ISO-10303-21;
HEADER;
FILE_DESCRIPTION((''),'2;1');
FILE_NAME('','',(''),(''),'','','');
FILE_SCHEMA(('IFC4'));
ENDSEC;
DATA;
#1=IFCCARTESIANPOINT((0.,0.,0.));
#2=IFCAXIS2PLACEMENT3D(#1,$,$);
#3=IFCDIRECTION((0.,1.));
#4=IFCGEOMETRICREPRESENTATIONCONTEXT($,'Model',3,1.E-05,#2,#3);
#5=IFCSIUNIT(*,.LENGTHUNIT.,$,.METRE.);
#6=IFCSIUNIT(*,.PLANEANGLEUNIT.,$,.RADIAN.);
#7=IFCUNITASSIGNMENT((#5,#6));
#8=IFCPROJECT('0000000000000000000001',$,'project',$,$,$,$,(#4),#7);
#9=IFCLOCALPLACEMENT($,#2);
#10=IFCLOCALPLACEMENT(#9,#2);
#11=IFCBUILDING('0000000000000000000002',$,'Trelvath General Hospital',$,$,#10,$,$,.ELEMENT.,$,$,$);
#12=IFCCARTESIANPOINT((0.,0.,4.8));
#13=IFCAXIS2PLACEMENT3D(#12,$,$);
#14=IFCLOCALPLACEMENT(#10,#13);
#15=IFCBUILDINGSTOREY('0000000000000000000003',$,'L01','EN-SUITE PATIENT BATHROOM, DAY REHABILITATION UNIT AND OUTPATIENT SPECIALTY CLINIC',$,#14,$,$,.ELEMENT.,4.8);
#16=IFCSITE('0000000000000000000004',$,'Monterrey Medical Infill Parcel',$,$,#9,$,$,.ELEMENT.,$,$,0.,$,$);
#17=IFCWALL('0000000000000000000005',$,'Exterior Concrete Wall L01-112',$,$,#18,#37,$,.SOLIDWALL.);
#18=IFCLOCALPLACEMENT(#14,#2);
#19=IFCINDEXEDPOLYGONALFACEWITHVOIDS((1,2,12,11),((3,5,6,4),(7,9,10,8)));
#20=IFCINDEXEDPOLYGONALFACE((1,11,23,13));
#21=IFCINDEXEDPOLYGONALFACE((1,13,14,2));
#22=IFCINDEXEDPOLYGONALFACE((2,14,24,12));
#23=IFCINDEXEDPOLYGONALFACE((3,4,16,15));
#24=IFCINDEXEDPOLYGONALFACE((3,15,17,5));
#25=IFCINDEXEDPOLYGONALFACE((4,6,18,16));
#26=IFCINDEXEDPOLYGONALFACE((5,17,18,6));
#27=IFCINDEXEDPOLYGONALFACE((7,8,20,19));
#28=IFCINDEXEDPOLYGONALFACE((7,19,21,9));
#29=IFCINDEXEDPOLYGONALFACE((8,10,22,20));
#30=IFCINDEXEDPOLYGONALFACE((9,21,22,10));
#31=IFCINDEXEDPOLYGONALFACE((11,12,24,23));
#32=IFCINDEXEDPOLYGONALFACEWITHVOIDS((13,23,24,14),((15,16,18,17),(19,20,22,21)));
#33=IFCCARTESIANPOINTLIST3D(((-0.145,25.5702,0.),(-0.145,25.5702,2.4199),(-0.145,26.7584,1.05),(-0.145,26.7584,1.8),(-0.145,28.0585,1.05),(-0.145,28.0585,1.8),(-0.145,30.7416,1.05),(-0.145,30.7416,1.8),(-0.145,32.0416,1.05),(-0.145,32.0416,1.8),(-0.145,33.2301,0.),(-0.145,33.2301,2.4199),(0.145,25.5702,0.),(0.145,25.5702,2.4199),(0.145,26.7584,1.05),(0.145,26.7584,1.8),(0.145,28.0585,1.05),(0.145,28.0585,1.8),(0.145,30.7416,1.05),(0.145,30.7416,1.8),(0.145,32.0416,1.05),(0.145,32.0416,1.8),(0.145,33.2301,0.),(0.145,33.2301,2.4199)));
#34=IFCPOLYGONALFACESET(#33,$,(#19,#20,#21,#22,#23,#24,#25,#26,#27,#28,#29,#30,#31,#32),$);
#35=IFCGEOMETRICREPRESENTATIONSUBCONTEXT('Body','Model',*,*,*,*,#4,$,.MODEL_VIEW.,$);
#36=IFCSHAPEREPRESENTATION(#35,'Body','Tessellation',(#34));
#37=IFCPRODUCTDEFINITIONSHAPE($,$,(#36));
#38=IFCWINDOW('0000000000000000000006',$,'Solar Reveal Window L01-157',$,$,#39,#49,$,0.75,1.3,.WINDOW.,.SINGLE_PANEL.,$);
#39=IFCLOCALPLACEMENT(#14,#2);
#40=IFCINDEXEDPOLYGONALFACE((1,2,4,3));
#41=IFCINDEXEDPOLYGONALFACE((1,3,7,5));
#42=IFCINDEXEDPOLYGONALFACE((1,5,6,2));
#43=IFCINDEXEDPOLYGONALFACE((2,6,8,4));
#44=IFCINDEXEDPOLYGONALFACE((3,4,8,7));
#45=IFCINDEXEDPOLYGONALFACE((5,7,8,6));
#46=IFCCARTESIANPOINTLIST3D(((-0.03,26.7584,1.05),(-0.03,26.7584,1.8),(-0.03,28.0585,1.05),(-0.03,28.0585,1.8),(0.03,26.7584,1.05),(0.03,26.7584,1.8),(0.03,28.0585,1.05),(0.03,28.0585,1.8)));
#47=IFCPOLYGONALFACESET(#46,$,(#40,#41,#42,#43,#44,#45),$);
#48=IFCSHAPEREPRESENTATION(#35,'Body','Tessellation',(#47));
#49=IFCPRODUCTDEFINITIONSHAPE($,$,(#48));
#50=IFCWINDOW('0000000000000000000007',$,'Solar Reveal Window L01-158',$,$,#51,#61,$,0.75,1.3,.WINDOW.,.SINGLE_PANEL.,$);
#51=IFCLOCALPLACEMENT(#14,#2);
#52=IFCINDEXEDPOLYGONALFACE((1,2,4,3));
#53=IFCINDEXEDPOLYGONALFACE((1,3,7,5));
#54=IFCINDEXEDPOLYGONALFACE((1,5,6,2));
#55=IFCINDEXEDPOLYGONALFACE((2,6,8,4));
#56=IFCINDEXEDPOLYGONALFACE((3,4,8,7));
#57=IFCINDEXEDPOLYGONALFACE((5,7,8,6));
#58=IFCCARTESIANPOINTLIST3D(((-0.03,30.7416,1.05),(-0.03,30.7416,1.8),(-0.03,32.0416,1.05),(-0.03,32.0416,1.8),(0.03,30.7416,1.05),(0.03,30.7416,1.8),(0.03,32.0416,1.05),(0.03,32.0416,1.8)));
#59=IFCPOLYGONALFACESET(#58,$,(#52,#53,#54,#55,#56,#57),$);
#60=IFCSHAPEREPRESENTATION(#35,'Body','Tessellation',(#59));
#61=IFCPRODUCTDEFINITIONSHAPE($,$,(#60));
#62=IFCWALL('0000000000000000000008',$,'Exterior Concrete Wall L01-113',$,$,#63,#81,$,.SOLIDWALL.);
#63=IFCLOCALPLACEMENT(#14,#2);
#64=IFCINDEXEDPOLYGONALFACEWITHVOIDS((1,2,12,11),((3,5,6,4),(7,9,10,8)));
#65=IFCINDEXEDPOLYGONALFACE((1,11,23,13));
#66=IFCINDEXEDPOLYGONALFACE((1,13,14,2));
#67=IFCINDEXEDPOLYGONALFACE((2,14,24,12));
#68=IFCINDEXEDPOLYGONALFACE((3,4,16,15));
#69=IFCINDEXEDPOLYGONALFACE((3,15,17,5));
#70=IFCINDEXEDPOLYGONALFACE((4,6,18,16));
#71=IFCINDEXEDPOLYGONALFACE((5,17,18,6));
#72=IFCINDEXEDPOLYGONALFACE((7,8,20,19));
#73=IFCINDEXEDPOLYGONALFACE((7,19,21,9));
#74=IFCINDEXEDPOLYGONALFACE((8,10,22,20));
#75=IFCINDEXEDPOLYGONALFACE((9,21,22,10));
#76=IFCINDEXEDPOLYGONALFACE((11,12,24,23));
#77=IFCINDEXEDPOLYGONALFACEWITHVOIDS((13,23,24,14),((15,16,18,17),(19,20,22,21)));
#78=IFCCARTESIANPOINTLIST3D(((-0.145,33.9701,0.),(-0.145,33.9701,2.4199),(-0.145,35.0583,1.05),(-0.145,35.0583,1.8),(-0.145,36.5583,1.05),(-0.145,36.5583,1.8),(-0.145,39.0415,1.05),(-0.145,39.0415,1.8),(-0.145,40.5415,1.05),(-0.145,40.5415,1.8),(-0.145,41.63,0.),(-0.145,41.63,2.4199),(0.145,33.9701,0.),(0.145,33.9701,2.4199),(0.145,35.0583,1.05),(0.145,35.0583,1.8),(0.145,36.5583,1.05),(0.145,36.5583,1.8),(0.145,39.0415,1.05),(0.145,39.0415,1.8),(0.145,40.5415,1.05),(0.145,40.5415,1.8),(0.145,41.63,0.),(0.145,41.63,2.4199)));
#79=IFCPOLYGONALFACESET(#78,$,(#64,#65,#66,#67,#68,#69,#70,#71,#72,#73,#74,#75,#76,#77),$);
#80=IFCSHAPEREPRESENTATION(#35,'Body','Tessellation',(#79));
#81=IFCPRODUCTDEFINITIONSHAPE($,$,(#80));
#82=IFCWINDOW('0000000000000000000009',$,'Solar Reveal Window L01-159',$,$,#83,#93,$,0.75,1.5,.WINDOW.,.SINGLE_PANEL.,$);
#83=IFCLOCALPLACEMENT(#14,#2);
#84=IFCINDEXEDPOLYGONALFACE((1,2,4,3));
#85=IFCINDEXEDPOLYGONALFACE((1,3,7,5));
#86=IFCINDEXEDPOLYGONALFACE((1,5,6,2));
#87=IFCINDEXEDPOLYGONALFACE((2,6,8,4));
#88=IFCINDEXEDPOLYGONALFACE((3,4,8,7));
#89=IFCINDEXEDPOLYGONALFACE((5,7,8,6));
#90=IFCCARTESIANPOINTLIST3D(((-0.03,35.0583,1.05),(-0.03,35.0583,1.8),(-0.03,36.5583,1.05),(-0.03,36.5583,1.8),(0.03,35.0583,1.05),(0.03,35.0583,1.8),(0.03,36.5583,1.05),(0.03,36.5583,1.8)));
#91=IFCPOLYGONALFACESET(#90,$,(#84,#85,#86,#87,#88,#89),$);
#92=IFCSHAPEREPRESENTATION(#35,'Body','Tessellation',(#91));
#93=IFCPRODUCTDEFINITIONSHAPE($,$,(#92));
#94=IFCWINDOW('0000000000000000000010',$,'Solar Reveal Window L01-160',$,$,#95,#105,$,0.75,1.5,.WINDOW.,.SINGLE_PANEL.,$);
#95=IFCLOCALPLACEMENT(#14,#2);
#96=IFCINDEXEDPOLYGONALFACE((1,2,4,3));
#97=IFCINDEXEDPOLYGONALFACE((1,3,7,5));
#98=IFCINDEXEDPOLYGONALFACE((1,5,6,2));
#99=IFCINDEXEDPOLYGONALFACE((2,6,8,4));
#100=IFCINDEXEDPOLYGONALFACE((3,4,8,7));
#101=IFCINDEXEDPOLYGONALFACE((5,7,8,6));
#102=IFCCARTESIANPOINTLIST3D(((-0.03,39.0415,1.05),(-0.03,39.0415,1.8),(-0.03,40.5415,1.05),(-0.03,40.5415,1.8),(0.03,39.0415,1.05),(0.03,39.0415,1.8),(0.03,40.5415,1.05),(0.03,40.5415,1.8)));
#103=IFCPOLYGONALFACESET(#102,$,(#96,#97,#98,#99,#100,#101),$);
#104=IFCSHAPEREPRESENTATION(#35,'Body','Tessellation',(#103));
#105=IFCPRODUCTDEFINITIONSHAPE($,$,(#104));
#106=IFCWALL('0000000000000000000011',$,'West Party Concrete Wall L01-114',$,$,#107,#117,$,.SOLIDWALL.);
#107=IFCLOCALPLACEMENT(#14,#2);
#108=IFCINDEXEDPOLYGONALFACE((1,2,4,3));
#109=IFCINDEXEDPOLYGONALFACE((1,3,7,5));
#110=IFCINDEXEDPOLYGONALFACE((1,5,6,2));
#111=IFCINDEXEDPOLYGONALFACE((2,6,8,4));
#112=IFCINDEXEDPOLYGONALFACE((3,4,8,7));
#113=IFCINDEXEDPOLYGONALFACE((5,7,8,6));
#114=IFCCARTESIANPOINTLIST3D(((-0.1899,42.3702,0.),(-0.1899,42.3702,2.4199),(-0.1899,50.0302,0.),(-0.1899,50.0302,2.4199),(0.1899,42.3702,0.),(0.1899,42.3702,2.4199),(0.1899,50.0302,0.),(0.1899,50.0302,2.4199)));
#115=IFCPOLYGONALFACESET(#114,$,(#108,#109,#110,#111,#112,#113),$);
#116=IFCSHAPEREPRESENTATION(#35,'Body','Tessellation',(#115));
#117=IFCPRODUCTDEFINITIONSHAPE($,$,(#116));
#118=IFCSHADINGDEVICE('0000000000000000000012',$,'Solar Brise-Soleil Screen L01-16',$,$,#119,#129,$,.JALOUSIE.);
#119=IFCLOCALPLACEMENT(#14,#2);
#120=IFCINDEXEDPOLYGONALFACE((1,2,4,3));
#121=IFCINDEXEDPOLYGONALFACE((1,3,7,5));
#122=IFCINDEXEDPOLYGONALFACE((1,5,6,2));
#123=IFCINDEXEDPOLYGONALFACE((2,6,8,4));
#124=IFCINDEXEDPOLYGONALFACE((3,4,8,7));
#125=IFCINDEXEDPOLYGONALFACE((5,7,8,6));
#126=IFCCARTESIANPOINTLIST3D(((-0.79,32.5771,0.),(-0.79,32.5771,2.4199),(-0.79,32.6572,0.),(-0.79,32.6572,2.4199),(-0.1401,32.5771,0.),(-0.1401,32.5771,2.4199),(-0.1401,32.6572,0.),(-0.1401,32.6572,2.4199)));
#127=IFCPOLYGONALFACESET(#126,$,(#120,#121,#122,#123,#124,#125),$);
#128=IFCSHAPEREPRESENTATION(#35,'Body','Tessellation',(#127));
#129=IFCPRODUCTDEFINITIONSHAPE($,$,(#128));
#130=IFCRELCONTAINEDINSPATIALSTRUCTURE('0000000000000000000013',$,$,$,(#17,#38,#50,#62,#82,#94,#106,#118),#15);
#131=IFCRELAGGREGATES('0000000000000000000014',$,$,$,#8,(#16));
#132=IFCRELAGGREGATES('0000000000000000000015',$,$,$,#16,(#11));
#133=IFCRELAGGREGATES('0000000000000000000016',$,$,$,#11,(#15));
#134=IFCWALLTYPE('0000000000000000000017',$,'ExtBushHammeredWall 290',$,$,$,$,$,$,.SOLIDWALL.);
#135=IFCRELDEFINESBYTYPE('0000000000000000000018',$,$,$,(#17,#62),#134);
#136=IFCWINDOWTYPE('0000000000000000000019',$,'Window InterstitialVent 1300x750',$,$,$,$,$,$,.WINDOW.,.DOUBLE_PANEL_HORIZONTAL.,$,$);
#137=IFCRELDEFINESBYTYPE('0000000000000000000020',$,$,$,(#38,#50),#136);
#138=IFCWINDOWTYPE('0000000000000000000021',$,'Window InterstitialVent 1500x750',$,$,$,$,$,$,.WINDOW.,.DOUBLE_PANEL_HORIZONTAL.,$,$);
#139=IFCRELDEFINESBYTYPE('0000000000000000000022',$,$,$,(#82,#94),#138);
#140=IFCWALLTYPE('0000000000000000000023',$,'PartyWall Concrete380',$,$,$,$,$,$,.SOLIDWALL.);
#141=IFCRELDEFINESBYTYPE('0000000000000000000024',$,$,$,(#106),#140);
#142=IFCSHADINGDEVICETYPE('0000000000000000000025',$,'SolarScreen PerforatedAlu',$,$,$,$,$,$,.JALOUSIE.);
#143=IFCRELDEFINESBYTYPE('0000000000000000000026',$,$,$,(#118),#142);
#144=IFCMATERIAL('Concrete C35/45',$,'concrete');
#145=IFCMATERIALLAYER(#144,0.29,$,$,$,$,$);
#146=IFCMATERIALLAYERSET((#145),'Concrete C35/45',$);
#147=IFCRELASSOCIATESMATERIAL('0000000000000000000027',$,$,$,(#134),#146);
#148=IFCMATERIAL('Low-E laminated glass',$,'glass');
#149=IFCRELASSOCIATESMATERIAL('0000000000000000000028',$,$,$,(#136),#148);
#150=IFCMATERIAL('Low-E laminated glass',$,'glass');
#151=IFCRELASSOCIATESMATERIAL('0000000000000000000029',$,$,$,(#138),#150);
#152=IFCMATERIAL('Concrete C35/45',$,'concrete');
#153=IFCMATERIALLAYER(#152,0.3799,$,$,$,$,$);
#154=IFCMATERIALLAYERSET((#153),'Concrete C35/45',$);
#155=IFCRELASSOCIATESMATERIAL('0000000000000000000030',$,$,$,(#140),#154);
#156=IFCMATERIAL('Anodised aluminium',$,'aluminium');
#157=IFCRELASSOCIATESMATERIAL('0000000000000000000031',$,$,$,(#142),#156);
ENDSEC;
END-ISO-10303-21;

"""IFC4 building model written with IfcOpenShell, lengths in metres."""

from ifc_helpers import new_model, si_unit, direction, frame, frame_2d, origin, origin_2d, place, context, subcontext, project, spatial, rectangle, extrude, material, layer, layer_set, type_object, element, fill, save


model = new_model("IFC4")

# Units and contexts
model_context = context("Model", 3, precision=1e-05, world=origin(), true_north=direction((0.0, 1.0)))
body_context = subcontext(model_context, "Body", "Model", "MODEL_VIEW")
ifc_project = project(units=[si_unit("LENGTHUNIT", "METRE"), si_unit("PLANEANGLEUNIT", "RADIAN")], contexts=[model_context])

# Site, building, storey
site_placement = place(None, origin())
site = spatial("IfcSite", under=ifc_project, at=site_placement, Name="Monterrey Medical Infill Parcel", CompositionType="ELEMENT", RefElevation=0.0)
building_placement = place(site_placement, origin())
building = spatial("IfcBuilding", under=site, at=building_placement, Name="Trelvath General Hospital", CompositionType="ELEMENT")
storey_placement = place(building_placement, frame((0.0, 0.0, 4.8)))
storey = spatial("IfcBuildingStorey", under=building, at=storey_placement, Name="L01", Description="EN-SUITE PATIENT BATHROOM, DAY REHABILITATION UNIT AND OUTPATIENT SPECIALTY CLINIC", CompositionType="ELEMENT", Elevation=4.8)

# Walls, openings, windows
ifc_material_1 = material(Name="Concrete C35/45", Category="concrete")
ifc_layer_1 = layer(ifc_material_1, 0.29)
ifc_layer_set_1 = layer_set([ifc_layer_1], Name="Concrete C35/45")
wall_type_1 = type_object("IfcWallType", Name="ExtBushHammeredWall 290", PredefinedType="SOLIDWALL", material=ifc_layer_set_1)
wall_1_placement = place(storey_placement, frame((0.0, 25.5701, 0.0), z_axis=(0.0, 0.0, 1.0), x_axis=(0.0, 1.0, 0.0)))
wall_1 = element("IfcWall", 1, at=wall_1_placement, inside=storey, type_object=wall_type_1, Name="Exterior Concrete Wall L01-112", PredefinedType="SOLIDWALL", context=body_context, shape_type="SweptSolid", body=[
    extrude(rectangle(XDim=7.6599, YDim=0.29, at=frame_2d((3.8301, 0.0))), origin(), (0.0, 0.0, 1.0), 2.4199),
])
opening_1_placement = place(wall_1_placement, frame((1.1885, 0.0, 1.05)))
opening_1 = element("IfcOpeningElement", 2, at=opening_1_placement, cuts=wall_1, PredefinedType="OPENING", context=body_context, shape_type="SweptSolid", body=[
    extrude(rectangle(XDim=1.3, YDim=0.75, at=frame_2d((0.6499, 0.375))), frame((0.0, 0.155, 0.0), z_axis=(0.0, -1.0, 0.0), x_axis=(1.0, 0.0, 0.0)), (0.0, 0.0, 1.0), 0.3101),
])
opening_2_placement = place(wall_1_placement, frame((5.1716, 0.0, 1.05)))
opening_2 = element("IfcOpeningElement", 3, at=opening_2_placement, cuts=wall_1, PredefinedType="OPENING", context=body_context, shape_type="SweptSolid", body=[
    extrude(rectangle(XDim=1.3, YDim=0.75, at=frame_2d((0.6499, 0.375))), frame((0.0, 0.155, 0.0), z_axis=(0.0, -1.0, 0.0), x_axis=(1.0, 0.0, 0.0)), (0.0, 0.0, 1.0), 0.3101),
])
ifc_material_2 = material(Name="Low-E laminated glass", Category="glass")
window_type_1 = type_object("IfcWindowType", Name="Window InterstitialVent 1300x750", PartitioningType="DOUBLE_PANEL_HORIZONTAL", PredefinedType="WINDOW", material=ifc_material_2)
window_1_placement = place(opening_1_placement, origin())
window_1 = element("IfcWindow", 4, at=window_1_placement, inside=storey, type_object=window_type_1, Name="Solar Reveal Window L01-157", OverallHeight=0.75, OverallWidth=1.3, PartitioningType="SINGLE_PANEL", PredefinedType="WINDOW", context=body_context, shape_type="SweptSolid", body=[
    extrude(rectangle(XDim=1.3, YDim=0.75, at=frame_2d((0.6499, 0.375))), frame((0.0, 0.03, 0.0), z_axis=(0.0, -1.0, 0.0), x_axis=(1.0, 0.0, 0.0)), (0.0, 0.0, 1.0), 0.0601),
])
fill(opening_1, window_1)
window_2_placement = place(opening_2_placement, origin())
window_2 = element("IfcWindow", 5, at=window_2_placement, inside=storey, type_object=window_type_1, Name="Solar Reveal Window L01-158", OverallHeight=0.75, OverallWidth=1.3, PartitioningType="SINGLE_PANEL", PredefinedType="WINDOW", context=body_context, shape_type="SweptSolid", body=[
    extrude(rectangle(XDim=1.3, YDim=0.75, at=frame_2d((0.6499, 0.375))), frame((0.0, 0.03, 0.0), z_axis=(0.0, -1.0, 0.0), x_axis=(1.0, 0.0, 0.0)), (0.0, 0.0, 1.0), 0.0601),
])
fill(opening_2, window_2)
wall_2_placement = place(storey_placement, frame((0.0, 33.97, 0.0), z_axis=(0.0, 0.0, 1.0), x_axis=(0.0, 1.0, 0.0)))
wall_2 = element("IfcWall", 6, at=wall_2_placement, inside=storey, type_object=wall_type_1, Name="Exterior Concrete Wall L01-113", PredefinedType="SOLIDWALL", context=body_context, shape_type="SweptSolid", body=[
    extrude(rectangle(XDim=7.6599, YDim=0.29, at=frame_2d((3.8301, 0.0))), origin(), (0.0, 0.0, 1.0), 2.4199),
])
opening_3_placement = place(wall_2_placement, frame((1.0884, 0.0, 1.05)))
opening_3 = element("IfcOpeningElement", 7, at=opening_3_placement, cuts=wall_2, PredefinedType="OPENING", context=body_context, shape_type="SweptSolid", body=[
    extrude(rectangle(XDim=1.5, YDim=0.75, at=frame_2d((0.75, 0.375))), frame((0.0, 0.155, 0.0), z_axis=(0.0, -1.0, 0.0), x_axis=(1.0, 0.0, 0.0)), (0.0, 0.0, 1.0), 0.3101),
])
opening_4_placement = place(wall_2_placement, frame((5.0715, 0.0, 1.05)))
opening_4 = element("IfcOpeningElement", 8, at=opening_4_placement, cuts=wall_2, PredefinedType="OPENING", context=body_context, shape_type="SweptSolid", body=[
    extrude(rectangle(XDim=1.5, YDim=0.75, at=frame_2d((0.75, 0.375))), frame((0.0, 0.155, 0.0), z_axis=(0.0, -1.0, 0.0), x_axis=(1.0, 0.0, 0.0)), (0.0, 0.0, 1.0), 0.3101),
])
ifc_material_3 = material(Name="Low-E laminated glass", Category="glass")
window_type_2 = type_object("IfcWindowType", Name="Window InterstitialVent 1500x750", PartitioningType="DOUBLE_PANEL_HORIZONTAL", PredefinedType="WINDOW", material=ifc_material_3)
window_3_placement = place(opening_3_placement, origin())
window_3 = element("IfcWindow", 9, at=window_3_placement, inside=storey, type_object=window_type_2, Name="Solar Reveal Window L01-159", OverallHeight=0.75, OverallWidth=1.5, PartitioningType="SINGLE_PANEL", PredefinedType="WINDOW", context=body_context, shape_type="SweptSolid", body=[
    extrude(rectangle(XDim=1.5, YDim=0.75, at=frame_2d((0.75, 0.375))), frame((0.0, 0.03, 0.0), z_axis=(0.0, -1.0, 0.0), x_axis=(1.0, 0.0, 0.0)), (0.0, 0.0, 1.0), 0.0601),
])
fill(opening_3, window_3)
window_4_placement = place(opening_4_placement, origin())
window_4 = element("IfcWindow", 10, at=window_4_placement, inside=storey, type_object=window_type_2, Name="Solar Reveal Window L01-160", OverallHeight=0.75, OverallWidth=1.5, PartitioningType="SINGLE_PANEL", PredefinedType="WINDOW", context=body_context, shape_type="SweptSolid", body=[
    extrude(rectangle(XDim=1.5, YDim=0.75, at=frame_2d((0.75, 0.375))), frame((0.0, 0.03, 0.0), z_axis=(0.0, -1.0, 0.0), x_axis=(1.0, 0.0, 0.0)), (0.0, 0.0, 1.0), 0.0601),
])
fill(opening_4, window_4)

# Wall
ifc_material_4 = material(Name="Concrete C35/45", Category="concrete")
ifc_layer_2 = layer(ifc_material_4, 0.3799)
ifc_layer_set_2 = layer_set([ifc_layer_2], Name="Concrete C35/45")
wall_type_2 = type_object("IfcWallType", Name="PartyWall Concrete380", PredefinedType="SOLIDWALL", material=ifc_layer_set_2)
wall_3_placement = place(storey_placement, frame((0.0, 42.3701, 0.0), z_axis=(0.0, 0.0, 1.0), x_axis=(0.0, 1.0, 0.0)))
element("IfcWall", 11, at=wall_3_placement, inside=storey, type_object=wall_type_2, Name="West Party Concrete Wall L01-114", PredefinedType="SOLIDWALL", context=body_context, shape_type="SweptSolid", body=[
    extrude(rectangle(XDim=7.6599, YDim=0.3799, at=frame_2d((3.8301, 0.0))), origin(), (0.0, 0.0, 1.0), 2.4199),
])

# Shading device
ifc_material_5 = material(Name="Anodised aluminium", Category="aluminium")
shading_device_type = type_object("IfcShadingDeviceType", Name="SolarScreen PerforatedAlu", PredefinedType="JALOUSIE", material=ifc_material_5)
shading_device_placement = place(storey_placement, frame((-0.4651, 32.6172, 0.0), z_axis=(0.0, 0.0, 1.0), x_axis=(-1.0, 0.0, 0.0)))
element("IfcShadingDevice", 12, at=shading_device_placement, inside=storey, type_object=shading_device_type, Name="Solar Brise-Soleil Screen L01-16", PredefinedType="JALOUSIE", context=body_context, shape_type="SweptSolid", body=[
    extrude(rectangle(XDim=0.6499, YDim=0.0801, at=origin_2d()), origin(), (0.0, 0.0, 1.0), 2.4199),
])

save(model, "model.ifc")
